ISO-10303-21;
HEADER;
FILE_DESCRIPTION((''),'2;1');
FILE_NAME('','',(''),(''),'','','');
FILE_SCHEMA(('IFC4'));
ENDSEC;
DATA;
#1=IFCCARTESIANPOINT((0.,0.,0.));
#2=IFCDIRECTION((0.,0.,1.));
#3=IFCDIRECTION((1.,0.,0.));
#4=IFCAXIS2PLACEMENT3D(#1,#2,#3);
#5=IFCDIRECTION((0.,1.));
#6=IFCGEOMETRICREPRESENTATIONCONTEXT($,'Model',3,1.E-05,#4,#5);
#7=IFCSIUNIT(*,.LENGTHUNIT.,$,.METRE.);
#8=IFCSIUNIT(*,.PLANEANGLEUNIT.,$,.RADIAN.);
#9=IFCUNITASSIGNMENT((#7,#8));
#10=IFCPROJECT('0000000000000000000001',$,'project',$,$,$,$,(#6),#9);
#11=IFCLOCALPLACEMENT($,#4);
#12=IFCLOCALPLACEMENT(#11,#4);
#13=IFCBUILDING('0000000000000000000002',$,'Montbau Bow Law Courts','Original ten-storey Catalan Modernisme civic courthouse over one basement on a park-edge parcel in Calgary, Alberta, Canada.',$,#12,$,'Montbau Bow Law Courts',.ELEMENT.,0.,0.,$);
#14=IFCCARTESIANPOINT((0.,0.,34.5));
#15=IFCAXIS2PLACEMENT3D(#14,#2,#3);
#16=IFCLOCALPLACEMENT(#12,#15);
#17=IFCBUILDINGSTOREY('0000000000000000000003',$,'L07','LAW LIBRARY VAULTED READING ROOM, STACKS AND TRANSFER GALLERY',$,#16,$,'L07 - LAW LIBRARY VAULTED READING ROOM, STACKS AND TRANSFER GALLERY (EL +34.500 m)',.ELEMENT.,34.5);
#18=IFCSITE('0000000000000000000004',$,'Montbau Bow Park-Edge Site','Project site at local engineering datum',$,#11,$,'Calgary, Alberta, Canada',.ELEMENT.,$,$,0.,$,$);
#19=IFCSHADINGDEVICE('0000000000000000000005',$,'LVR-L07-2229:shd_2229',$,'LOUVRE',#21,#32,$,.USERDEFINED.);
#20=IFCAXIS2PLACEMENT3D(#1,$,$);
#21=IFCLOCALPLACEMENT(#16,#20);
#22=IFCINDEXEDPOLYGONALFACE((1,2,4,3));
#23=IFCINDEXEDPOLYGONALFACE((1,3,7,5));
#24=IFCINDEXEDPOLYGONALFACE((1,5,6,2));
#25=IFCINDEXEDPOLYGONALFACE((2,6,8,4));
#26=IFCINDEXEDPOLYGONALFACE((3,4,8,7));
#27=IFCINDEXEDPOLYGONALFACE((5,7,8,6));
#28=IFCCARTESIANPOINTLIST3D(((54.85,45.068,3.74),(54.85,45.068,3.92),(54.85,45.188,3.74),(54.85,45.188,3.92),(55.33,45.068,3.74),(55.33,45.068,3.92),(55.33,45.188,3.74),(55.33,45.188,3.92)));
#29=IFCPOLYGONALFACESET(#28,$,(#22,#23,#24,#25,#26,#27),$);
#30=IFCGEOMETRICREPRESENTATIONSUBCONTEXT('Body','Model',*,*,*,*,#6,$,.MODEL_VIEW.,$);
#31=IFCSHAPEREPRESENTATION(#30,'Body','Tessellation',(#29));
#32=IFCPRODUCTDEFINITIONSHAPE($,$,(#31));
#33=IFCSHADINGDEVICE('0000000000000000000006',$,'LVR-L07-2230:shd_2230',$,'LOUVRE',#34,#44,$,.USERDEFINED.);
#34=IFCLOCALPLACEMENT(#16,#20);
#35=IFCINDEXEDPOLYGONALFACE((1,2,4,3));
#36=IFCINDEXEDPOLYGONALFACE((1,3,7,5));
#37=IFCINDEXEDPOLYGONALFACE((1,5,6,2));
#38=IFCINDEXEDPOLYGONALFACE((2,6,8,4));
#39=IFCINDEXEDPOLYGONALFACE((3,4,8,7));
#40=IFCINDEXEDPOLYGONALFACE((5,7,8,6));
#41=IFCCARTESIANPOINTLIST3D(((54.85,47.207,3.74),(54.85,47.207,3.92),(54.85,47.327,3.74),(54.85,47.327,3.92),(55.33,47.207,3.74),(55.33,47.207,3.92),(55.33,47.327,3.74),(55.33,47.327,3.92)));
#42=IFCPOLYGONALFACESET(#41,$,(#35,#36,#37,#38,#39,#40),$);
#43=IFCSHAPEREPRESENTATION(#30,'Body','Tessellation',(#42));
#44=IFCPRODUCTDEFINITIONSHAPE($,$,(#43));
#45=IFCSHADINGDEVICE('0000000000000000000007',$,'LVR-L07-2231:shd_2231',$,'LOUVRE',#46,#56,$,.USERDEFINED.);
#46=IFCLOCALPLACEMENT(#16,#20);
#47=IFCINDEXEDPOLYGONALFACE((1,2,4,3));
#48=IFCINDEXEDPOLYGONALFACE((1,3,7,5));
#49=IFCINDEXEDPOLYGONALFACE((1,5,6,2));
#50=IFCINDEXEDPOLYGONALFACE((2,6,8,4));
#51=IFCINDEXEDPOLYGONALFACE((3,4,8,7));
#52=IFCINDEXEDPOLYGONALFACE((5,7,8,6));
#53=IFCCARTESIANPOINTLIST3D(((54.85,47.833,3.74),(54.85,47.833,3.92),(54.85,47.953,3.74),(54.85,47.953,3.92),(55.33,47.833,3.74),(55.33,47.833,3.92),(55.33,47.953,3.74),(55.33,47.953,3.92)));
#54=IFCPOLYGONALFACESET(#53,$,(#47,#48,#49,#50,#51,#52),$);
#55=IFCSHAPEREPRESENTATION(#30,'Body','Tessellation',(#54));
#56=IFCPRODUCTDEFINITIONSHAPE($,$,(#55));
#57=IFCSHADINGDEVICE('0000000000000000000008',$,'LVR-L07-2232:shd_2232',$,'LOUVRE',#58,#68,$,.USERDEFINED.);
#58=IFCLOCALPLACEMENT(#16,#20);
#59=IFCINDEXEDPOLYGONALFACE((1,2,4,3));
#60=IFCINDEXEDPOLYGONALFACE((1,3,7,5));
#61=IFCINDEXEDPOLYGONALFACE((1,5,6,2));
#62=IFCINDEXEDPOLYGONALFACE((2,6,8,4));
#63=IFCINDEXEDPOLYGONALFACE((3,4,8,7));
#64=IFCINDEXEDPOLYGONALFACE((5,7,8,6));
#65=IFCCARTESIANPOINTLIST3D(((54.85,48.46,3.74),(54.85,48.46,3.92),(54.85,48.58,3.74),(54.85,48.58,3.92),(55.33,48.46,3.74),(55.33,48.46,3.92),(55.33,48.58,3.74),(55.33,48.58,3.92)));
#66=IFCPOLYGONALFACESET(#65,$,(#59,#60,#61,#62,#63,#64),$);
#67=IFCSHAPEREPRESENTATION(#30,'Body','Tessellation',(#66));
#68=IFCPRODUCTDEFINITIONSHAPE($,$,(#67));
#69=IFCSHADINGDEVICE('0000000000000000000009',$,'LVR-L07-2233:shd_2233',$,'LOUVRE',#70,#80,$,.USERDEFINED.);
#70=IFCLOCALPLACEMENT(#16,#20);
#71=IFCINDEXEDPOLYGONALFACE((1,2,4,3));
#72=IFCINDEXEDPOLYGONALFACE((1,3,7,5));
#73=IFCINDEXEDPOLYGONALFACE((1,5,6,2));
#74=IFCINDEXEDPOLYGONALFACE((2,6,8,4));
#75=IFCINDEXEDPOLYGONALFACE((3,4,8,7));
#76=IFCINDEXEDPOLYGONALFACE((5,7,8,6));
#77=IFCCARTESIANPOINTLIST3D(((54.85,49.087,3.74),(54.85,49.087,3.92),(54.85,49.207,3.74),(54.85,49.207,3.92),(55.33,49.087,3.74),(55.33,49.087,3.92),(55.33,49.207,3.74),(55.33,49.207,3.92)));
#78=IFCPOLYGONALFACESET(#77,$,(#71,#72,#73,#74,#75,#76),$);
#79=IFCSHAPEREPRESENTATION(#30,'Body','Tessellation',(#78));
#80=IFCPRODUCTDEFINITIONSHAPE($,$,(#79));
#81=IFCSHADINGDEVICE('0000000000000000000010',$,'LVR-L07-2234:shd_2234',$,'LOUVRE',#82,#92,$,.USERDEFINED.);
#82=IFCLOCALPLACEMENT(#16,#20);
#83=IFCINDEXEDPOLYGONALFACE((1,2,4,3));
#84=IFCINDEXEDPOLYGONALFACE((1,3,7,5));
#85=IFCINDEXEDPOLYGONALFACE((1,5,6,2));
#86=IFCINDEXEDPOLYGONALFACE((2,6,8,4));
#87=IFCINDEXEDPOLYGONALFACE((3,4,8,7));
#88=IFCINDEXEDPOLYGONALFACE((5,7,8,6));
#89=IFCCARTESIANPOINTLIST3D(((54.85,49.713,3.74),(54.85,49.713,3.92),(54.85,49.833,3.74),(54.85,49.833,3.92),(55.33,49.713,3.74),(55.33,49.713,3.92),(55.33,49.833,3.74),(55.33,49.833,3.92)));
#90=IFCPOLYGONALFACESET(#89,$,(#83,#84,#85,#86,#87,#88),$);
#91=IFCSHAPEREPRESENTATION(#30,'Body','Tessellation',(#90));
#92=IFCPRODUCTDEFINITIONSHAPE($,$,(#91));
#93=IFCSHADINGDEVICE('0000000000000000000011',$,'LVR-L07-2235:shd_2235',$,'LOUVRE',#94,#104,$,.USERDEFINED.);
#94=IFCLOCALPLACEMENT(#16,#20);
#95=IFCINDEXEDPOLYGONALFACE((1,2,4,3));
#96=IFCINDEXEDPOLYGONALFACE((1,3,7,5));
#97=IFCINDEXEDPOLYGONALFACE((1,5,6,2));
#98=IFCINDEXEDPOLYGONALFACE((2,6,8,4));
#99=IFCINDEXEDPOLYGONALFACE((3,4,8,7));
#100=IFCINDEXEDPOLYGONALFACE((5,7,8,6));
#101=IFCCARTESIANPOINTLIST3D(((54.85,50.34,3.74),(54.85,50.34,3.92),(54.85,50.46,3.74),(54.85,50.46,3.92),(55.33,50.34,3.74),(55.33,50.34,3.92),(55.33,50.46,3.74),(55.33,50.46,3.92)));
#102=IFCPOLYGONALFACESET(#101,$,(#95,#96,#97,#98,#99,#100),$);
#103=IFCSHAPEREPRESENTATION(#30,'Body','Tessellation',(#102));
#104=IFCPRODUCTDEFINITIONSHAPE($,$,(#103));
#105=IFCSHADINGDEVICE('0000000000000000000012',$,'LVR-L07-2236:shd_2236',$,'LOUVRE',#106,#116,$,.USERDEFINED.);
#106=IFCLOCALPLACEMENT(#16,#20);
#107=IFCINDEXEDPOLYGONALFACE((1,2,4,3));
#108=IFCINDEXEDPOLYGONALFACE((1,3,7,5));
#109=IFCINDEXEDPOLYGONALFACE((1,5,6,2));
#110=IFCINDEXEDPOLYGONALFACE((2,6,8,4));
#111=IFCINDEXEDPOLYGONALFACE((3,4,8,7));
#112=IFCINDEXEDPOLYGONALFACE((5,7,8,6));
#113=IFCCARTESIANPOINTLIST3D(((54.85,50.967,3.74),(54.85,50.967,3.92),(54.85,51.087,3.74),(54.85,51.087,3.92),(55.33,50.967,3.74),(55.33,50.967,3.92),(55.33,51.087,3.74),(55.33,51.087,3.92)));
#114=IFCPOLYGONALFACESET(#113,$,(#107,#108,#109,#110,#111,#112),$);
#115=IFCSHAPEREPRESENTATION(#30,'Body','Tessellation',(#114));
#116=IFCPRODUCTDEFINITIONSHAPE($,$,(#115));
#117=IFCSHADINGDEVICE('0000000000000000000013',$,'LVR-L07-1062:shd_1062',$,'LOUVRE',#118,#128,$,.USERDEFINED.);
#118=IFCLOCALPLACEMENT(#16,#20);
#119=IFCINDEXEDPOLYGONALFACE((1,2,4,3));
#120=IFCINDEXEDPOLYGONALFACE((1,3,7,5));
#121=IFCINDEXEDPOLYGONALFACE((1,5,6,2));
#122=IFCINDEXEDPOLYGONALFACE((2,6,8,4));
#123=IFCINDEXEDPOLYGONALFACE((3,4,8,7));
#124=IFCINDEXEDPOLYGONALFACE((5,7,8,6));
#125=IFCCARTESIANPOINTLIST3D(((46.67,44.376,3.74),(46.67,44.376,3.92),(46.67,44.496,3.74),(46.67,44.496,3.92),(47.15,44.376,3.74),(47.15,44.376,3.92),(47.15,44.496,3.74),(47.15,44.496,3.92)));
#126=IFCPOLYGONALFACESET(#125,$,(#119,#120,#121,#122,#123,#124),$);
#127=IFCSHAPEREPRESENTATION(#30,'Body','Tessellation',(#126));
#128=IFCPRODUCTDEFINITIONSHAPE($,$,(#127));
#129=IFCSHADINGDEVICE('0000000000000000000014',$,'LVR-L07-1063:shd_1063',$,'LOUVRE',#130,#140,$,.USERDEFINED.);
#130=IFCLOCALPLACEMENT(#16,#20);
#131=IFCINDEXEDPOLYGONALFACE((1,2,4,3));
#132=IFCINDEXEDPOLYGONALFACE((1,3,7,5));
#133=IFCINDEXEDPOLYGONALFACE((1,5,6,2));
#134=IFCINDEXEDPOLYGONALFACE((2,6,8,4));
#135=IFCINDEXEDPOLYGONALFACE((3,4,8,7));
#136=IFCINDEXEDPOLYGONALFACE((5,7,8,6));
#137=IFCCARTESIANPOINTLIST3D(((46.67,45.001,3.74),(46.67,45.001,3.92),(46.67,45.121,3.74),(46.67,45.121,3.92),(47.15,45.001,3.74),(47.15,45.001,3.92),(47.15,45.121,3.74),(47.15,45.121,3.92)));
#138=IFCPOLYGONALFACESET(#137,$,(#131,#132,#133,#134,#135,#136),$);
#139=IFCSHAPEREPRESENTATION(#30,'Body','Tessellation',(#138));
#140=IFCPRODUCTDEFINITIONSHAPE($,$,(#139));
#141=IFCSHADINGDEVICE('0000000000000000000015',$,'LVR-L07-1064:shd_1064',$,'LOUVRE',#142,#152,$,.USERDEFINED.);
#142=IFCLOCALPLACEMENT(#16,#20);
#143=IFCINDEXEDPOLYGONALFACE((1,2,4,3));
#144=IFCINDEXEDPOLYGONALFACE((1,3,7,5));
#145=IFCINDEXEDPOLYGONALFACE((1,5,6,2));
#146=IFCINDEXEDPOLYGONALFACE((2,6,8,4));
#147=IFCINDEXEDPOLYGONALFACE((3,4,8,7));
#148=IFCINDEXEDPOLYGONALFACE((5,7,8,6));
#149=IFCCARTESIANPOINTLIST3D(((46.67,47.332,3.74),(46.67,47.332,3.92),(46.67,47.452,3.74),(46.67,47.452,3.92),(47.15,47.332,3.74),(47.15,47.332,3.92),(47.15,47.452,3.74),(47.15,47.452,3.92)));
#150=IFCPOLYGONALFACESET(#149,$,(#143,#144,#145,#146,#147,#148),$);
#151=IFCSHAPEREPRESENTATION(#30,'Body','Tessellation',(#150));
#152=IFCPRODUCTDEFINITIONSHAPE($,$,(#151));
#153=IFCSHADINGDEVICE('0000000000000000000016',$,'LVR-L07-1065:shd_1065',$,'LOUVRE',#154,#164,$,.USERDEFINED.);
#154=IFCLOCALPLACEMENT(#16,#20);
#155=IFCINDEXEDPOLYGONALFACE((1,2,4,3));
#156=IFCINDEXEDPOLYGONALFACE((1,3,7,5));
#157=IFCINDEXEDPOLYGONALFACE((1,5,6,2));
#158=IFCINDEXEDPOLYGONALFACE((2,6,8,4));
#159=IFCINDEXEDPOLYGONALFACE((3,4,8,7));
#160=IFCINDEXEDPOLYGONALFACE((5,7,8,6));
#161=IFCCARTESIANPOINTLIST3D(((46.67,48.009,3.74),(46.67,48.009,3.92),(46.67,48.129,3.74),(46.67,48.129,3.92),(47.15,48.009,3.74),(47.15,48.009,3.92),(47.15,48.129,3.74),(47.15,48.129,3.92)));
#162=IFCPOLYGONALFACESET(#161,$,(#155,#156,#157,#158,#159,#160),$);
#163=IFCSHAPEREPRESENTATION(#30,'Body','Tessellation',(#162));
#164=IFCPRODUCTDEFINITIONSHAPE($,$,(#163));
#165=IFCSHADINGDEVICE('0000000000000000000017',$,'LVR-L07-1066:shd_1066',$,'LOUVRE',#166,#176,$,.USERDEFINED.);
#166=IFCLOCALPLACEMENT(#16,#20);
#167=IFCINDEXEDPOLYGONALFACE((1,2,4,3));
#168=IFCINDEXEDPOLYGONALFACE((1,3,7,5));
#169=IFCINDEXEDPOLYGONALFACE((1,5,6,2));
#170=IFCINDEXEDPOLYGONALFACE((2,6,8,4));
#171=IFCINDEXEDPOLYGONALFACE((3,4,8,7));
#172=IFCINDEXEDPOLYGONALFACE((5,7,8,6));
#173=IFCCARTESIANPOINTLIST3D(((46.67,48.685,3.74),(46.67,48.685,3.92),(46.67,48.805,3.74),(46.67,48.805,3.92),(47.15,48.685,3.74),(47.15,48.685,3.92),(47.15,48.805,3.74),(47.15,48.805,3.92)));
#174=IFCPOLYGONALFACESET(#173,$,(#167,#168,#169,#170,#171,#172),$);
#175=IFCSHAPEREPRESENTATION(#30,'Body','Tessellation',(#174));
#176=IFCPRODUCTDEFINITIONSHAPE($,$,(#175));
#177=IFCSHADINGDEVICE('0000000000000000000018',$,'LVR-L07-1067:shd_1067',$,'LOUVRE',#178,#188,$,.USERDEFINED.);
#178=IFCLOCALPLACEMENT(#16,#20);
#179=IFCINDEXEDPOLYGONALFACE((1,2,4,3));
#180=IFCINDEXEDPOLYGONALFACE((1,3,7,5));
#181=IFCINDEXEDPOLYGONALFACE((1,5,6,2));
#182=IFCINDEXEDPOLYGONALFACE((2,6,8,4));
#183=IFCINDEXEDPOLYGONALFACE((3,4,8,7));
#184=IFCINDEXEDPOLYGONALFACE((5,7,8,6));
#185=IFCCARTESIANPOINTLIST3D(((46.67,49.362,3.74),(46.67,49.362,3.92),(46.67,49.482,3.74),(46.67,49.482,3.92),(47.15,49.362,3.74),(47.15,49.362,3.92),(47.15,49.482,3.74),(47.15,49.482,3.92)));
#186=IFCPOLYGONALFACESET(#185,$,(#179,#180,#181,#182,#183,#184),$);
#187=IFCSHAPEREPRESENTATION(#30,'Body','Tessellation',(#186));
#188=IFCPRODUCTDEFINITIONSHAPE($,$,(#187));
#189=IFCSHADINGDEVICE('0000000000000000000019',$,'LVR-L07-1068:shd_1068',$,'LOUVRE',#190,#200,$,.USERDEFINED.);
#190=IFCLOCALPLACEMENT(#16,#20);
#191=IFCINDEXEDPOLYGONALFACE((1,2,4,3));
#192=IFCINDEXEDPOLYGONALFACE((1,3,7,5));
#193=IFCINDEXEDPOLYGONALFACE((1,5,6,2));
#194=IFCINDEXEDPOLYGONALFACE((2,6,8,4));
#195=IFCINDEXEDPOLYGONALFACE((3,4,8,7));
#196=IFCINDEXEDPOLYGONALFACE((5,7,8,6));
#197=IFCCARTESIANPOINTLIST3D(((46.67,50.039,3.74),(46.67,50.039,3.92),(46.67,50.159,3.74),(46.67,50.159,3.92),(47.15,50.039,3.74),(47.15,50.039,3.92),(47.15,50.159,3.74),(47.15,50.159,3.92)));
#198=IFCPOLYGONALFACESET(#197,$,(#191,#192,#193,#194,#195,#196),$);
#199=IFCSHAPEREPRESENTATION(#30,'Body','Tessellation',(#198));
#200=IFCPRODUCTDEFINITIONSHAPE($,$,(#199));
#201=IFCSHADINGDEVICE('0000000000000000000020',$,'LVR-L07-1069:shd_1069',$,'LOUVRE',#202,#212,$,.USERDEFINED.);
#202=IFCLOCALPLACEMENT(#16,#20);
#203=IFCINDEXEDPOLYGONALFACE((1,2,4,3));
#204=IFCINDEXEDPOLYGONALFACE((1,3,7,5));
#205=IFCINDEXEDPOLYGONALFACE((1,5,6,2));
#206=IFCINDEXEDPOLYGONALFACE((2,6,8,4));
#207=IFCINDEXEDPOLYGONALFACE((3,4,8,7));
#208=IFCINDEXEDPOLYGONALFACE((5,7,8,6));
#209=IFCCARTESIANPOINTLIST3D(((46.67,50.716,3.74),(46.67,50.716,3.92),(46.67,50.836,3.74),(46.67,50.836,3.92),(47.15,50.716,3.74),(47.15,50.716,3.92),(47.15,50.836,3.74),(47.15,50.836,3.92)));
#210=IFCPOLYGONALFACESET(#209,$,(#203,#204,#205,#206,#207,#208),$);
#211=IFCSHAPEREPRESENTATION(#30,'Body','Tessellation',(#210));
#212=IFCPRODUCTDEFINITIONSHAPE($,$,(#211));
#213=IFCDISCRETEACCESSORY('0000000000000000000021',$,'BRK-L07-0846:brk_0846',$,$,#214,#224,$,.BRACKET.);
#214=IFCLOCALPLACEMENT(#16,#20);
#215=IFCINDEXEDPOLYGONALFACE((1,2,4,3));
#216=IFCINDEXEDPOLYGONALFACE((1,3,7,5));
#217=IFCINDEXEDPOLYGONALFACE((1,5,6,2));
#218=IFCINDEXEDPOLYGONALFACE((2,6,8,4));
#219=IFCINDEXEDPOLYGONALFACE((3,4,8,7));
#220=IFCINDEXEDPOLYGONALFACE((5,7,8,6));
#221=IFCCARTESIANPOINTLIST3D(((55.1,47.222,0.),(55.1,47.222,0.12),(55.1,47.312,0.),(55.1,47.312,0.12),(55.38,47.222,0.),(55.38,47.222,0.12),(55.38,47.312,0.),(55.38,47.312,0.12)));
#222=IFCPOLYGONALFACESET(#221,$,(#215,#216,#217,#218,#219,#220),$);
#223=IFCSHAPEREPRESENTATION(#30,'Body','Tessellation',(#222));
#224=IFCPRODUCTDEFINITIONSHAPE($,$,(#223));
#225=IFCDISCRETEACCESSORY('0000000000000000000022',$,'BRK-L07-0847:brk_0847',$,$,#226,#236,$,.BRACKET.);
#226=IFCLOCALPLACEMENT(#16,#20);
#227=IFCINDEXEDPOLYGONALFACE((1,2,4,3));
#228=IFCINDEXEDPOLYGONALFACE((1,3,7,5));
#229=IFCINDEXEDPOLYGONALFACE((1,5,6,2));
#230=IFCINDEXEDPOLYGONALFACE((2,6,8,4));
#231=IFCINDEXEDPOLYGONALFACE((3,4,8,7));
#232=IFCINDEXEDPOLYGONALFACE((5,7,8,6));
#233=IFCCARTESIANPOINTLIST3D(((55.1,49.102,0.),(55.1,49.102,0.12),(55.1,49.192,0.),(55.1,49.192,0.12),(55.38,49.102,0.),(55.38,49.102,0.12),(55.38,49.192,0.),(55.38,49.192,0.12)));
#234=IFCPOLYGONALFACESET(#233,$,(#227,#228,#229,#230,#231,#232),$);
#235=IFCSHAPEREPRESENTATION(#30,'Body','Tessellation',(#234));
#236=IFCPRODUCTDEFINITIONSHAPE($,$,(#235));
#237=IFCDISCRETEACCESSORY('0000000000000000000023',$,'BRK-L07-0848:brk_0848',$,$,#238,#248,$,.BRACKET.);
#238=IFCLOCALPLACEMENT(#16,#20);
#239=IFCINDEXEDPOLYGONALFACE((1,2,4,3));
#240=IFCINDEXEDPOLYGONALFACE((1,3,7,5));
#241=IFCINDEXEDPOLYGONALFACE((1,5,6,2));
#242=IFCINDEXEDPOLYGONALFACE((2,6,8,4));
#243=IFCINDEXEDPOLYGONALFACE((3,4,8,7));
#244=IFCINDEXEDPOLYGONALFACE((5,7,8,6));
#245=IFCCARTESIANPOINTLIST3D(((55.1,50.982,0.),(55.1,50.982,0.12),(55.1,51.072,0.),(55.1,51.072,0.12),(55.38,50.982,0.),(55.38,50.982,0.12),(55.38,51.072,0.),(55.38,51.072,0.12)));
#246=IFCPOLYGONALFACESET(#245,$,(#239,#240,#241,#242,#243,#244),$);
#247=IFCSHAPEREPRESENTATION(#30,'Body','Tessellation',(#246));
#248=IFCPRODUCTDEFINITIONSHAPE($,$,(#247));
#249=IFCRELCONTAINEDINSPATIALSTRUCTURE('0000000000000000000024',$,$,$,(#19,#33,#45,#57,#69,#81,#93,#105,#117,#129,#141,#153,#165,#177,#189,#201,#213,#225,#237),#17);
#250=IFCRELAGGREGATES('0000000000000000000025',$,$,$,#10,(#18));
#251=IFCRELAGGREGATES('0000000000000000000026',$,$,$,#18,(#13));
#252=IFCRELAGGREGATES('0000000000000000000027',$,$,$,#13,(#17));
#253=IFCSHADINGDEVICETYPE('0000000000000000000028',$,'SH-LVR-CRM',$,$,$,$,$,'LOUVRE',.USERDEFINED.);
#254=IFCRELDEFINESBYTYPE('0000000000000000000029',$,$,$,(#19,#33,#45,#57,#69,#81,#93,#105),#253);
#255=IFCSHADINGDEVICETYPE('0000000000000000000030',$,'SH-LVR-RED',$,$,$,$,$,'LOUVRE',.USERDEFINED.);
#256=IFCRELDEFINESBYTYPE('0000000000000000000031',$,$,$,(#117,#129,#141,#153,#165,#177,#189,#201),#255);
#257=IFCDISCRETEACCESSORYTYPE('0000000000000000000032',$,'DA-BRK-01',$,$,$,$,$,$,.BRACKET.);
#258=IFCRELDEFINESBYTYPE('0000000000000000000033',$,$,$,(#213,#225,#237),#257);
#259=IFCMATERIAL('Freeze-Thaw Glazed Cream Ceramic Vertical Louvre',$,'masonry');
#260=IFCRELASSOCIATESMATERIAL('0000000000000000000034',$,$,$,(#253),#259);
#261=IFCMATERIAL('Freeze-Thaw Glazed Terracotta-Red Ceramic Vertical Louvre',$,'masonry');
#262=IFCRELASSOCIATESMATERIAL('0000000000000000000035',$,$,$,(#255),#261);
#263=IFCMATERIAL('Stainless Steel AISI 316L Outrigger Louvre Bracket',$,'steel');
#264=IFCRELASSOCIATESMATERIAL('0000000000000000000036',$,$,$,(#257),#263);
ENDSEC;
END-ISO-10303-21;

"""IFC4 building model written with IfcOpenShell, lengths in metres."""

from ifc_helpers import new_model, si_unit, direction, frame, origin_with_axes, origin_2d_with_axis, place, context, subcontext, project, spatial, rectangle, extrude, material, type_object, element, save


model = new_model("IFC4")

# Units and contexts
model_context = context("Model", 3, precision=1e-05, world=origin_with_axes(), true_north=direction((0.0, 1.0)))
body_context = subcontext(model_context, "Body", "Model", "MODEL_VIEW")
ifc_project = project(units=[si_unit("LENGTHUNIT", "METRE"), si_unit("PLANEANGLEUNIT", "RADIAN")], contexts=[model_context])

# Site, building, storey
site_placement = place(None, origin_with_axes())
site = spatial("IfcSite", under=ifc_project, at=site_placement, Name="Montbau Bow Park-Edge Site", Description="Project site at local engineering datum", LongName="Calgary, Alberta, Canada", CompositionType="ELEMENT", RefElevation=0.0)
building_placement = place(site_placement, origin_with_axes())
building = spatial("IfcBuilding", under=site, at=building_placement, Name="Montbau Bow Law Courts", Description="Original ten-storey Catalan Modernisme civic courthouse over one basement on a park-edge parcel in Calgary, Alberta, Canada.", LongName="Montbau Bow Law Courts", CompositionType="ELEMENT", ElevationOfRefHeight=0.0, ElevationOfTerrain=0.0)
storey_placement = place(building_placement, frame((0.0, 0.0, 34.5), z_axis=(0.0, 0.0, 1.0), x_axis=(1.0, 0.0, 0.0)))
storey = spatial("IfcBuildingStorey", under=building, at=storey_placement, Name="L07", Description="LAW LIBRARY VAULTED READING ROOM, STACKS AND TRANSFER GALLERY", LongName="L07 - LAW LIBRARY VAULTED READING ROOM, STACKS AND TRANSFER GALLERY (EL +34.500 m)", CompositionType="ELEMENT", Elevation=34.5)

# Shading devices
ifc_material_1 = material(Name="Freeze-Thaw Glazed Cream Ceramic Vertical Louvre", Category="masonry")
shading_device_type_1 = type_object("IfcShadingDeviceType", Name="SH-LVR-CRM", ElementType="LOUVRE", PredefinedType="USERDEFINED", material=ifc_material_1)
for number, where, z_axis, x_axis, name in (
    (1, (55.09, 45.128, 38.24), (0.0, 0.0, 1.0), (-1.0, 0.0, 0.0), "LVR-L07-2229:shd_2229"),
    (2, (55.09, 47.267, 38.24), (0.0, 0.0, 1.0), (-1.0, 0.0, 0.0), "LVR-L07-2230:shd_2230"),
    (3, (55.09, 47.893, 38.24), (0.0, 0.0, 1.0), (-1.0, 0.0, 0.0), "LVR-L07-2231:shd_2231"),
    (4, (55.09, 48.52, 38.24), (0.0, 0.0, 1.0), (-1.0, 0.0, 0.0), "LVR-L07-2232:shd_2232"),
    (5, (55.09, 49.147, 38.24), (0.0, 0.0, 1.0), (-1.0, 0.0, 0.0), "LVR-L07-2233:shd_2233"),
    (6, (55.09, 49.773, 38.24), (0.0, 0.0, 1.0), (-1.0, 0.0, 0.0), "LVR-L07-2234:shd_2234"),
    (7, (55.09, 50.4, 38.24), (0.0, 0.0, 1.0), (-1.0, 0.0, 0.0), "LVR-L07-2235:shd_2235"),
    (8, (55.09, 51.027, 38.24), (0.0, 0.0, 1.0), (-1.0, 0.0, 0.0), "LVR-L07-2236:shd_2236"),
):
    element("IfcShadingDevice", number, at=place(None, frame(where, z_axis=z_axis, x_axis=x_axis)), inside=storey, type_object=shading_device_type_1, Name=name, ObjectType="LOUVRE", PredefinedType="USERDEFINED", context=body_context, shape_type="SweptSolid", body=[
        extrude(rectangle(XDim=0.48, YDim=0.12, at=origin_2d_with_axis()), origin_with_axes(), (0.0, 0.0, 1.0), 0.18),
    ])
ifc_material_2 = material(Name="Freeze-Thaw Glazed Terracotta-Red Ceramic Vertical Louvre", Category="masonry")
shading_device_type_2 = type_object("IfcShadingDeviceType", Name="SH-LVR-RED", ElementType="LOUVRE", PredefinedType="USERDEFINED", material=ifc_material_2)
for number, where, z_axis, x_axis, name in (
    (9, (46.91, 44.436, 38.24), (0.0, 0.0, 1.0), (1.0, 0.0, 0.0), "LVR-L07-1062:shd_1062"),
    (10, (46.91, 45.061, 38.24), (0.0, 0.0, 1.0), (1.0, 0.0, 0.0), "LVR-L07-1063:shd_1063"),
    (11, (46.91, 47.392, 38.24), (0.0, 0.0, 1.0), (1.0, 0.0, 0.0), "LVR-L07-1064:shd_1064"),
    (12, (46.91, 48.069, 38.24), (0.0, 0.0, 1.0), (1.0, 0.0, 0.0), "LVR-L07-1065:shd_1065"),
    (13, (46.91, 48.745, 38.24), (0.0, 0.0, 1.0), (1.0, 0.0, 0.0), "LVR-L07-1066:shd_1066"),
    (14, (46.91, 49.422, 38.24), (0.0, 0.0, 1.0), (1.0, 0.0, 0.0), "LVR-L07-1067:shd_1067"),
    (15, (46.91, 50.099, 38.24), (0.0, 0.0, 1.0), (1.0, 0.0, 0.0), "LVR-L07-1068:shd_1068"),
    (16, (46.91, 50.776, 38.24), (0.0, 0.0, 1.0), (1.0, 0.0, 0.0), "LVR-L07-1069:shd_1069"),
):
    element("IfcShadingDevice", number, at=place(None, frame(where, z_axis=z_axis, x_axis=x_axis)), inside=storey, type_object=shading_device_type_2, Name=name, ObjectType="LOUVRE", PredefinedType="USERDEFINED", context=body_context, shape_type="SweptSolid", body=[
        extrude(rectangle(XDim=0.48, YDim=0.12, at=origin_2d_with_axis()), origin_with_axes(), (0.0, 0.0, 1.0), 0.18),
    ])

# Discrete accessories
ifc_material_3 = material(Name="Stainless Steel AISI 316L Outrigger Louvre Bracket", Category="steel")
discrete_accessory_type = type_object("IfcDiscreteAccessoryType", Name="DA-BRK-01", PredefinedType="BRACKET", material=ifc_material_3)
for number, where, z_axis, x_axis, name in (
    (17, (55.24, 47.267, 34.5), (0.0, 0.0, 1.0), (-1.0, 0.0, 0.0), "BRK-L07-0846:brk_0846"),
    (18, (55.24, 49.147, 34.5), (0.0, 0.0, 1.0), (-1.0, 0.0, 0.0), "BRK-L07-0847:brk_0847"),
    (19, (55.24, 51.027, 34.5), (0.0, 0.0, 1.0), (-1.0, 0.0, 0.0), "BRK-L07-0848:brk_0848"),
):
    element("IfcDiscreteAccessory", number, at=place(None, frame(where, z_axis=z_axis, x_axis=x_axis)), inside=storey, type_object=discrete_accessory_type, Name=name, PredefinedType="BRACKET", context=body_context, shape_type="SweptSolid", body=[
        extrude(rectangle(XDim=0.28, YDim=0.09, at=origin_2d_with_axis()), origin_with_axes(), (0.0, 0.0, 1.0), 0.12),
    ])

save(model, "model.ifc")
